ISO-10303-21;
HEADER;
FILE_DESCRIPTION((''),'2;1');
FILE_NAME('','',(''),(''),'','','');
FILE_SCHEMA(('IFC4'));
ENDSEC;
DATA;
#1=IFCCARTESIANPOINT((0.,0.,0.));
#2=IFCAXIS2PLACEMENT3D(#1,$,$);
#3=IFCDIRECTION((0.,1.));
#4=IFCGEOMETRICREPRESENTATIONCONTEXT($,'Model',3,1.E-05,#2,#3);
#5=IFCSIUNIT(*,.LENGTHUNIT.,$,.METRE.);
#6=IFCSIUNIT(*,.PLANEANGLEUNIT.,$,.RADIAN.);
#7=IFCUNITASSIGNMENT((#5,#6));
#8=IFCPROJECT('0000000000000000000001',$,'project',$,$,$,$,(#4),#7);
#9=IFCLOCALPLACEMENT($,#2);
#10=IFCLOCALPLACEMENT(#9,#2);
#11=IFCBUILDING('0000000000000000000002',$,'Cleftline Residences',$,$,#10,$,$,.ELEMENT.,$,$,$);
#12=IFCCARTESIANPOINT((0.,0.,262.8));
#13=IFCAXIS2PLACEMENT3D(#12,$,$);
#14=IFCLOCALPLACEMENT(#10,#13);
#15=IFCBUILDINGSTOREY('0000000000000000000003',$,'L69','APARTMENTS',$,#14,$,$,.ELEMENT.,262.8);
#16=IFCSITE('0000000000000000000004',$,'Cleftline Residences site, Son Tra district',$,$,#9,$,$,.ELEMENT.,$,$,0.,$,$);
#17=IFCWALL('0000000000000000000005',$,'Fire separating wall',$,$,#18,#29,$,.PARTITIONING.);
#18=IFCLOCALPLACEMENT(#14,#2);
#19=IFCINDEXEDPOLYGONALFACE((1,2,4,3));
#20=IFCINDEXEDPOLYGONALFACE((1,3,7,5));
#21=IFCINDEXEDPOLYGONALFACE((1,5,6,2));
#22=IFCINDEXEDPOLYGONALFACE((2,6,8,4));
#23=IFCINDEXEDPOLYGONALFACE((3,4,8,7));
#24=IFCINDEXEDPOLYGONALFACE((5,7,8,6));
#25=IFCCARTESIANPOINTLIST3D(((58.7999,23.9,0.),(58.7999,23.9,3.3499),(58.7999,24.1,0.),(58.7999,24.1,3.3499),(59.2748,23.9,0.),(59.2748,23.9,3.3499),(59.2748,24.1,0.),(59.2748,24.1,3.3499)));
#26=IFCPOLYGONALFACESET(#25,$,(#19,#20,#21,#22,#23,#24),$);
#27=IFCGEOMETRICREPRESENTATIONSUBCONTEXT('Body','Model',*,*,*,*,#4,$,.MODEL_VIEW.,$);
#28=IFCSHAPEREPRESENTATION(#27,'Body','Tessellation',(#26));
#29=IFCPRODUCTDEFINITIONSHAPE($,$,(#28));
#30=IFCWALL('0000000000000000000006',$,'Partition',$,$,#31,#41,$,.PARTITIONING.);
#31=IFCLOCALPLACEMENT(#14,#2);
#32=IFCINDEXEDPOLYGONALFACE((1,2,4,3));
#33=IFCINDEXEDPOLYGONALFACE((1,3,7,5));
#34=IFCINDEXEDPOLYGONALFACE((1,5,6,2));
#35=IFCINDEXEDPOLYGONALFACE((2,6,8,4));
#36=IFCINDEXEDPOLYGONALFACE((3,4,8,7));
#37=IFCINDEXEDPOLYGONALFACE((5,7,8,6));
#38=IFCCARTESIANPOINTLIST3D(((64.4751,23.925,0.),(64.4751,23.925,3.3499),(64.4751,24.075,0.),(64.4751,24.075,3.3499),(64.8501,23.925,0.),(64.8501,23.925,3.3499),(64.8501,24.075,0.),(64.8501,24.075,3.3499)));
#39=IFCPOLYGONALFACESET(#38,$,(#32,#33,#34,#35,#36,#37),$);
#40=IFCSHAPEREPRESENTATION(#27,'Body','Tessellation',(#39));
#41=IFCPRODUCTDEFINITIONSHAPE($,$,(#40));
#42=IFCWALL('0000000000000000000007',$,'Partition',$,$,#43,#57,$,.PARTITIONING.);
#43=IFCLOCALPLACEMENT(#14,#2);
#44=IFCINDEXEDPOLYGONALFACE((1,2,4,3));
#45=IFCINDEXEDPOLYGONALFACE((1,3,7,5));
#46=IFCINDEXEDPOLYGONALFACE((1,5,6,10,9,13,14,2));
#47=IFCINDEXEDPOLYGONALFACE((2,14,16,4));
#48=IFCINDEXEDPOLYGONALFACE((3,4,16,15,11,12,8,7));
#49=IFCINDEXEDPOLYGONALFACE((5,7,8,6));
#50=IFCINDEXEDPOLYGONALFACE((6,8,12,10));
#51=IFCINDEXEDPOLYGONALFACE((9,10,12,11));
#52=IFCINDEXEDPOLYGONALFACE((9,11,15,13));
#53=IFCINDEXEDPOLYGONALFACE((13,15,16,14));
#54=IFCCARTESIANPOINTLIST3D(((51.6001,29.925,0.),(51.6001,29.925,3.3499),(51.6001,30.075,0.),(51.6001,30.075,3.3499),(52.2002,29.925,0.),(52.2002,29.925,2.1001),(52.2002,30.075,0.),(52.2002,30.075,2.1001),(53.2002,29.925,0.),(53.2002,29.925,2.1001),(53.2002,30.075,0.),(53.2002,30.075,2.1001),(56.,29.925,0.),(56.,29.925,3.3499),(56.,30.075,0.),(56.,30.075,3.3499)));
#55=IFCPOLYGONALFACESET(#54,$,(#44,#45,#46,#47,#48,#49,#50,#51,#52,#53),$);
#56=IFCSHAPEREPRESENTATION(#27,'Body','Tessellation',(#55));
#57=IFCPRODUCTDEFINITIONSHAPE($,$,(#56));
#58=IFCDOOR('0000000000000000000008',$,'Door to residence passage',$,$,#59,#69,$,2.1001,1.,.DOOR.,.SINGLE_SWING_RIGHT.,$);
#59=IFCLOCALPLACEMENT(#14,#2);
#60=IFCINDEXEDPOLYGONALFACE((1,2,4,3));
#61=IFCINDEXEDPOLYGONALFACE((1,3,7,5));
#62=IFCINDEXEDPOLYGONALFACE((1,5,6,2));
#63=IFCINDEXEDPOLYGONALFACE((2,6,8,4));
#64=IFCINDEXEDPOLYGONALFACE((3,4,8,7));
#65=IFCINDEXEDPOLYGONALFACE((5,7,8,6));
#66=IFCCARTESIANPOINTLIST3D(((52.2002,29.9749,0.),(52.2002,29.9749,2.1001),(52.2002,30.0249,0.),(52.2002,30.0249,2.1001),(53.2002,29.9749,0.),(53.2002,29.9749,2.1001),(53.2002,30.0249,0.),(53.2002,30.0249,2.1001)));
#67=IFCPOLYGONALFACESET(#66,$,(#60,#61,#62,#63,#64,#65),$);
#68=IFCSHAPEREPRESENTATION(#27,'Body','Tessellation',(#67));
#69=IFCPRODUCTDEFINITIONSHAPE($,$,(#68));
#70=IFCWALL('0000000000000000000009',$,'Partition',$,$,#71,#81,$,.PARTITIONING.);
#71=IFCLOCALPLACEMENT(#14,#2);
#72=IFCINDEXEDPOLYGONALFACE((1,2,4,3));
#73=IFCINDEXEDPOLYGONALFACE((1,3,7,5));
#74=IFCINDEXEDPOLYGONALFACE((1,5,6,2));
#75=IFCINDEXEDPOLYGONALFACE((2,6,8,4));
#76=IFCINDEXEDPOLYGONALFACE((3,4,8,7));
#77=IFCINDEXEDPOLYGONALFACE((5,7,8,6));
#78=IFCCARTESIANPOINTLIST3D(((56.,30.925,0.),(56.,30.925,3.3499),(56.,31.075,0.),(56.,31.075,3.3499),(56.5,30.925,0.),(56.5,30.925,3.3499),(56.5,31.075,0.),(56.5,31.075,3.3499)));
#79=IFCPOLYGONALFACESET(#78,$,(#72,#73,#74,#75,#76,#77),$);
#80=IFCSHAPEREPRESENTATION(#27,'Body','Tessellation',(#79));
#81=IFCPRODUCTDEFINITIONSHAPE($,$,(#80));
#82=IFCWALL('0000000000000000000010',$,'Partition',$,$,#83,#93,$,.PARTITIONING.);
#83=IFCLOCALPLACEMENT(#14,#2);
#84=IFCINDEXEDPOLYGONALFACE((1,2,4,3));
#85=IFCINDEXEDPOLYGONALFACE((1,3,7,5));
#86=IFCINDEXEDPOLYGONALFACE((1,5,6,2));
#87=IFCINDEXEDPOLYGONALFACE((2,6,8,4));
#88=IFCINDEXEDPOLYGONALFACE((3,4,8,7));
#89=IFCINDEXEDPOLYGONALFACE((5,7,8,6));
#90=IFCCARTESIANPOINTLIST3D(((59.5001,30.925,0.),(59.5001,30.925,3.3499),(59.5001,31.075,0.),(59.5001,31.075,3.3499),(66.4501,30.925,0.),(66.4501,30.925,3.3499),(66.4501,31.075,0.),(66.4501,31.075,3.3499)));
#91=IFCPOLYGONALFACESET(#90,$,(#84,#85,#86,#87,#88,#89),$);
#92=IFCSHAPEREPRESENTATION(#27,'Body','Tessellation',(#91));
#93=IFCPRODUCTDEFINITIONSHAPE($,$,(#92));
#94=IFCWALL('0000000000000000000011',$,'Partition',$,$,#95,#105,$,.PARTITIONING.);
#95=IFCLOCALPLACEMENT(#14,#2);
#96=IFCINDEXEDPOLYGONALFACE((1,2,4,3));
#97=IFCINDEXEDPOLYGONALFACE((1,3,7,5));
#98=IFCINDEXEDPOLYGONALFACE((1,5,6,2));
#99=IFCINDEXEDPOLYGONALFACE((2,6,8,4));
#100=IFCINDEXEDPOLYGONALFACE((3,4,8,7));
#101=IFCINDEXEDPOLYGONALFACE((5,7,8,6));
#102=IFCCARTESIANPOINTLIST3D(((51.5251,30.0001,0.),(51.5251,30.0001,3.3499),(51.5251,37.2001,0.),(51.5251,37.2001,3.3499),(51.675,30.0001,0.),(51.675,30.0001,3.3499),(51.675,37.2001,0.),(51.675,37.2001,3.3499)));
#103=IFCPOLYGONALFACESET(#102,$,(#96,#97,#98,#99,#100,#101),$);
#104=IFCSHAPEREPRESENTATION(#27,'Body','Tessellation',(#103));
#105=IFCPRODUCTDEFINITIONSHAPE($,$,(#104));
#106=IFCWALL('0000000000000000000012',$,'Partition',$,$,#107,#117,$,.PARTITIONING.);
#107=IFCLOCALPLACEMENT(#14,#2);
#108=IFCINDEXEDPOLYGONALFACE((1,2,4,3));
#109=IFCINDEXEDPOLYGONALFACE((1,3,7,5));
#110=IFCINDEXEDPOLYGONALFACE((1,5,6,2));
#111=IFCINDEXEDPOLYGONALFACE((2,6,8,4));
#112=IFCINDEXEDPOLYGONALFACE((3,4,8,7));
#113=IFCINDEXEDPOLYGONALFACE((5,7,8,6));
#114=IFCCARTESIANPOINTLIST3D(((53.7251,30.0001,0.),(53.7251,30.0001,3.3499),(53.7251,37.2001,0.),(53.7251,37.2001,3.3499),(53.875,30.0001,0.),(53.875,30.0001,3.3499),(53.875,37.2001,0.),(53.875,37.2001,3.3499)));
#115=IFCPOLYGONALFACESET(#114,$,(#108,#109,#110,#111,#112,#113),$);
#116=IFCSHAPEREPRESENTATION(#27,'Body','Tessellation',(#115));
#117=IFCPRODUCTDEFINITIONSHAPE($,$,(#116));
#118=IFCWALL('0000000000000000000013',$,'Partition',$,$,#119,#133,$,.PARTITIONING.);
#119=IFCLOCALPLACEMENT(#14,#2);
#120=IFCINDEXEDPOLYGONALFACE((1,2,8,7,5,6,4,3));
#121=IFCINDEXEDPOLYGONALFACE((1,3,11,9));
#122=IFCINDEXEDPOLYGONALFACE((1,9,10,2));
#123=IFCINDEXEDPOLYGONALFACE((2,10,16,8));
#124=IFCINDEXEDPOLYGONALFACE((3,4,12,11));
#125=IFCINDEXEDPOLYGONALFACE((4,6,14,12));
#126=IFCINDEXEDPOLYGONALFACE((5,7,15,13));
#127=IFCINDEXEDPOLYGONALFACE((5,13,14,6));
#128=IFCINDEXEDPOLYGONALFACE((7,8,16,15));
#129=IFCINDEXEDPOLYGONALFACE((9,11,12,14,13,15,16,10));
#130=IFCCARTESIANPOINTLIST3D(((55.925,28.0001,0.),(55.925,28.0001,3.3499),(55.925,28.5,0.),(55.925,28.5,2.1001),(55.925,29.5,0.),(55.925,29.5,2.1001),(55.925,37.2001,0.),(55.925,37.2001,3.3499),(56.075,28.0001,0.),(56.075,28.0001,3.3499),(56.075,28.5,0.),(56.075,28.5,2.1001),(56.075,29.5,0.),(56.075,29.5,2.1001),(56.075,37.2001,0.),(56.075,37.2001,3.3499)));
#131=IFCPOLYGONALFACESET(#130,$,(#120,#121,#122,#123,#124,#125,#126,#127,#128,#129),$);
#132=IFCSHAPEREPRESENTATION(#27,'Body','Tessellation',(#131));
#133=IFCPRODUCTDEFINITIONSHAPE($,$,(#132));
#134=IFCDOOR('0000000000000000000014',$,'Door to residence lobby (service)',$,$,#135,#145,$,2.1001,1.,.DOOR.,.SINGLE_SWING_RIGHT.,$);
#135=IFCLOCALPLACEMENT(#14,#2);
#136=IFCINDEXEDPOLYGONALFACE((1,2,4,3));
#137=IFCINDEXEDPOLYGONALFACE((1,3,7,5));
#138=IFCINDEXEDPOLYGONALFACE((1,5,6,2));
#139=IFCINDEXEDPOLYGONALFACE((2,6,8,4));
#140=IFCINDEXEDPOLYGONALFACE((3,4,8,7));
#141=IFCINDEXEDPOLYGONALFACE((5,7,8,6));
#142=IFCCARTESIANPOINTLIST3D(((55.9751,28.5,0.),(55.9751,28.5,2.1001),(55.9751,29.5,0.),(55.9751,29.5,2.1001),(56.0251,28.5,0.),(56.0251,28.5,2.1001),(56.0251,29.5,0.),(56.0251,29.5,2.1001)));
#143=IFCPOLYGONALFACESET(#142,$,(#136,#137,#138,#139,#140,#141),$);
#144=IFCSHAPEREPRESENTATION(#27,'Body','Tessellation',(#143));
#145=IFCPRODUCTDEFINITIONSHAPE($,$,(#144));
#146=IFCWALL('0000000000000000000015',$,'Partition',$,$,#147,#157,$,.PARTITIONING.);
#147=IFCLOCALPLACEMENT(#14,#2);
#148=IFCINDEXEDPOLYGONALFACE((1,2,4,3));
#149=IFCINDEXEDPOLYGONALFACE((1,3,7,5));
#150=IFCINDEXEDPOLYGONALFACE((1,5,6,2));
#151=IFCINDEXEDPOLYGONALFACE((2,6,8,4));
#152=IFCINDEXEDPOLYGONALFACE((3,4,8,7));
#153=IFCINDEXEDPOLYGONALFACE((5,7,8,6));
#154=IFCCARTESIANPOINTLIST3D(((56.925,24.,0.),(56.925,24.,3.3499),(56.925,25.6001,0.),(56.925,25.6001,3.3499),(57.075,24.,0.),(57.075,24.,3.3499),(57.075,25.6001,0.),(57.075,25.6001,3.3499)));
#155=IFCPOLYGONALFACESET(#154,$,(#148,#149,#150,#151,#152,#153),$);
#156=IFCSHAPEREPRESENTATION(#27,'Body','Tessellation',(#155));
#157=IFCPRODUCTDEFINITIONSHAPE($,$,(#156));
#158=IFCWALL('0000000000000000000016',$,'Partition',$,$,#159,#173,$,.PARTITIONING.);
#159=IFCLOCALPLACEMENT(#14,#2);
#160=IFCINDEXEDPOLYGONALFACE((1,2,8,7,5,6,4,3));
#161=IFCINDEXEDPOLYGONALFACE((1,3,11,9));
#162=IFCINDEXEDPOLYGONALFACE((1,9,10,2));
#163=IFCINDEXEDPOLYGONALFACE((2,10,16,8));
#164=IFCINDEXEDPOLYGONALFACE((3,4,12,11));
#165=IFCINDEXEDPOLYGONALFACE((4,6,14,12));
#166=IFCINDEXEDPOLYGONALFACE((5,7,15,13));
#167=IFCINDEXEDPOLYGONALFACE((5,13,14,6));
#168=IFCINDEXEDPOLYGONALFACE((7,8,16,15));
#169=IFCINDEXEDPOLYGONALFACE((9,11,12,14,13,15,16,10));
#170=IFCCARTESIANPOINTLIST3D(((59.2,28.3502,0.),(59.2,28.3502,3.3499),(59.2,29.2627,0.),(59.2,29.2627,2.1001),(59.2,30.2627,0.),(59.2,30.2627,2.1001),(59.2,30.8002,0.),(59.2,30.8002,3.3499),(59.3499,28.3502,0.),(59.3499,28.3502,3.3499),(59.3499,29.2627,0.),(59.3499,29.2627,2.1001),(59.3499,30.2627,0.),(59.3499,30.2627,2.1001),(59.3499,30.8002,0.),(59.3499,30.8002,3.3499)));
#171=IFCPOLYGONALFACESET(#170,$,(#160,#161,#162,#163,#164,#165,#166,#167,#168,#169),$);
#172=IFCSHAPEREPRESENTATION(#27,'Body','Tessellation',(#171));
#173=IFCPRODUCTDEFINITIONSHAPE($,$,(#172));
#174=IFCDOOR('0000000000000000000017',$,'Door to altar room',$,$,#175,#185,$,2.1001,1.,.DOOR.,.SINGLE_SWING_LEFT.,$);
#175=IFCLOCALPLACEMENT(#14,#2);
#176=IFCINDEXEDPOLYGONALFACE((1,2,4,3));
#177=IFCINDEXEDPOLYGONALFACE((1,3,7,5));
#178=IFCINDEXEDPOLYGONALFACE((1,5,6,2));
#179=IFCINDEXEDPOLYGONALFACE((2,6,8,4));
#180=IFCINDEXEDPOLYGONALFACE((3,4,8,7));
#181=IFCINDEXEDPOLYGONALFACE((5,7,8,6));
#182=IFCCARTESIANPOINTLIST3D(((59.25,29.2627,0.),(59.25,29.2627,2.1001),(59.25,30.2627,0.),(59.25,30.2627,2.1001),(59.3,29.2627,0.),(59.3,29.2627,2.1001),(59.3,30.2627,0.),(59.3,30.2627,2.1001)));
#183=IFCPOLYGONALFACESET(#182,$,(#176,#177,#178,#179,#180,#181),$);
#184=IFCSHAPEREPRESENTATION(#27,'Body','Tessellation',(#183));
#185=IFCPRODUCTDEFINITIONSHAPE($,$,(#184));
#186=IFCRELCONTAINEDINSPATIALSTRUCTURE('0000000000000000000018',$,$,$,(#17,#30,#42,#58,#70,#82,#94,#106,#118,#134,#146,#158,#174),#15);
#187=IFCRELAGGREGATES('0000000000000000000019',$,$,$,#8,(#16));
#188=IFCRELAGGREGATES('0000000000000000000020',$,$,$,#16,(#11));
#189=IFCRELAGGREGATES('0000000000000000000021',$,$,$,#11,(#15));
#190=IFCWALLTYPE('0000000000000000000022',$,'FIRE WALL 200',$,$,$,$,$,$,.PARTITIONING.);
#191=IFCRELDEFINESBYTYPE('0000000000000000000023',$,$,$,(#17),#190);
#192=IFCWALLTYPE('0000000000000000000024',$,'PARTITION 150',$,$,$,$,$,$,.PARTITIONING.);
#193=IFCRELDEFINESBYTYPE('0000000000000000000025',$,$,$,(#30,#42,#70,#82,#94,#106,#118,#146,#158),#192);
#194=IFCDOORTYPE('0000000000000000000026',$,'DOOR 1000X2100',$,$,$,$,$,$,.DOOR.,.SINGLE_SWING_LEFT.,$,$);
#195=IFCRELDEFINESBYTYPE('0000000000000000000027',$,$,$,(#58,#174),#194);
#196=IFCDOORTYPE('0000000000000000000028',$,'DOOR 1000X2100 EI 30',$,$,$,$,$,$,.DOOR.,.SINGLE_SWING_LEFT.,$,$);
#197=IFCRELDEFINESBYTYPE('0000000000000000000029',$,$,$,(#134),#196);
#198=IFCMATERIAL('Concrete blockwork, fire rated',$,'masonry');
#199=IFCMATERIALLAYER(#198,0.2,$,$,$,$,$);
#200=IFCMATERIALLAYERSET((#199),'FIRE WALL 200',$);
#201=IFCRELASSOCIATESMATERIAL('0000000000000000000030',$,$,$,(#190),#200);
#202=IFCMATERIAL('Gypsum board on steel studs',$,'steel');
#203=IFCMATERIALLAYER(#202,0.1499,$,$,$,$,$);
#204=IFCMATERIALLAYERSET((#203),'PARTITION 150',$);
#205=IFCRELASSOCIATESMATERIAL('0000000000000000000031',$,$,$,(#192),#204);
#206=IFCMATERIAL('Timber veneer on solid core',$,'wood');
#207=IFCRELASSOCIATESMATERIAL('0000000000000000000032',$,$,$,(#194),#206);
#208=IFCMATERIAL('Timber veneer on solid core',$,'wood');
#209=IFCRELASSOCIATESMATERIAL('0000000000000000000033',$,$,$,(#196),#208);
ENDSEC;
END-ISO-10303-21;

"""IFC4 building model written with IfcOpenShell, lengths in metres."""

from ifc_helpers import new_model, si_unit, direction, frame, frame_2d, origin, place, context, subcontext, project, spatial, rectangle, extrude, material, layer, layer_set, type_object, element, fill, save


model = new_model("IFC4")

# Units and contexts
model_context = context("Model", 3, precision=1e-05, world=origin(), true_north=direction((0.0, 1.0)))
body_context = subcontext(model_context, "Body", "Model", "MODEL_VIEW")
ifc_project = project(units=[si_unit("LENGTHUNIT", "METRE"), si_unit("PLANEANGLEUNIT", "RADIAN")], contexts=[model_context])

# Site, building, storey
site_placement = place(None, origin())
site = spatial("IfcSite", under=ifc_project, at=site_placement, Name="Cleftline Residences site, Son Tra district", CompositionType="ELEMENT", RefElevation=0.0)
building_placement = place(site_placement, origin())
building = spatial("IfcBuilding", under=site, at=building_placement, Name="Cleftline Residences", CompositionType="ELEMENT")
storey_placement = place(building_placement, frame((0.0, 0.0, 262.8)))
storey = spatial("IfcBuildingStorey", under=building, at=storey_placement, Name="L69", Description="APARTMENTS", CompositionType="ELEMENT", Elevation=262.8)

# Walls
ifc_material_1 = material(Name="Concrete blockwork, fire rated", Category="masonry")
ifc_layer_1 = layer(ifc_material_1, 0.2)
ifc_layer_set_1 = layer_set([ifc_layer_1], Name="FIRE WALL 200")
wall_type_1 = type_object("IfcWallType", Name="FIRE WALL 200", PredefinedType="PARTITIONING", material=ifc_layer_set_1)
wall_1_placement = place(storey_placement, frame((58.8, 24.0, 0.0), z_axis=(0.0, 0.0, 1.0), x_axis=(1.0, 0.0, 0.0)))
element("IfcWall", 1, at=wall_1_placement, inside=storey, type_object=wall_type_1, Name="Fire separating wall", PredefinedType="PARTITIONING", context=body_context, shape_type="SweptSolid", body=[
    extrude(rectangle(XDim=0.4749, YDim=0.2, at=frame_2d((0.2373, 0.0))), origin(), (0.0, 0.0, 1.0), 3.3499),
])
ifc_material_2 = material(Name="Gypsum board on steel studs", Category="steel")
ifc_layer_2 = layer(ifc_material_2, 0.1499)
ifc_layer_set_2 = layer_set([ifc_layer_2], Name="PARTITION 150")
wall_type_2 = type_object("IfcWallType", Name="PARTITION 150", PredefinedType="PARTITIONING", material=ifc_layer_set_2)
wall_2_placement = place(storey_placement, frame((64.4751, 24.0, 0.0), z_axis=(0.0, 0.0, 1.0), x_axis=(1.0, 0.0, 0.0)))
element("IfcWall", 2, at=wall_2_placement, inside=storey, type_object=wall_type_2, Name="Partition", PredefinedType="PARTITIONING", context=body_context, shape_type="SweptSolid", body=[
    extrude(rectangle(XDim=0.375, YDim=0.1499, at=frame_2d((0.1875, 0.0))), origin(), (0.0, 0.0, 1.0), 3.3499),
])

# Wall, opening, door
wall_3_placement = place(storey_placement, frame((51.6001, 30.0, 0.0), z_axis=(0.0, 0.0, 1.0), x_axis=(1.0, 0.0, 0.0)))
wall_3 = element("IfcWall", 3, at=wall_3_placement, inside=storey, type_object=wall_type_2, Name="Partition", PredefinedType="PARTITIONING", context=body_context, shape_type="SweptSolid", body=[
    extrude(rectangle(XDim=4.3999, YDim=0.1499, at=frame_2d((2.2, 0.0))), origin(), (0.0, 0.0, 1.0), 3.3499),
])
opening_1_placement = place(wall_3_placement, frame((0.6001, 0.0, 0.0)))
opening_1 = element("IfcOpeningElement", 4, at=opening_1_placement, cuts=wall_3, PredefinedType="OPENING", context=body_context, shape_type="SweptSolid", body=[
    extrude(rectangle(XDim=1.0, YDim=2.1001, at=frame_2d((0.5, 1.05))), frame((0.0, 0.085, 0.0), z_axis=(0.0, -1.0, 0.0), x_axis=(1.0, 0.0, 0.0)), (0.0, 0.0, 1.0), 0.1699),
])
ifc_material_3 = material(Name="Timber veneer on solid core", Category="wood")
door_type_1 = type_object("IfcDoorType", Name="DOOR 1000X2100", OperationType="SINGLE_SWING_LEFT", PredefinedType="DOOR", material=ifc_material_3)
door_1_placement = place(opening_1_placement, origin())
door_1 = element("IfcDoor", 5, at=door_1_placement, inside=storey, type_object=door_type_1, Name="Door to residence passage", OperationType="SINGLE_SWING_RIGHT", OverallHeight=2.1001, OverallWidth=1.0, PredefinedType="DOOR", context=body_context, shape_type="SweptSolid", body=[
    extrude(rectangle(XDim=1.0, YDim=2.1001, at=frame_2d((0.5, 1.05))), frame((0.0, 0.0249, 0.0), z_axis=(0.0, -1.0, 0.0), x_axis=(1.0, 0.0, 0.0)), (0.0, 0.0, 1.0), 0.05),
])
fill(opening_1, door_1)

# Walls
wall_4_placement = place(storey_placement, frame((56.0, 31.0, 0.0), z_axis=(0.0, 0.0, 1.0), x_axis=(1.0, 0.0, 0.0)))
element("IfcWall", 6, at=wall_4_placement, inside=storey, type_object=wall_type_2, Name="Partition", PredefinedType="PARTITIONING", context=body_context, shape_type="SweptSolid", body=[
    extrude(rectangle(XDim=0.5, YDim=0.1499, at=frame_2d((0.25, 0.0))), origin(), (0.0, 0.0, 1.0), 3.3499),
])
wall_5_placement = place(storey_placement, frame((59.5, 31.0, 0.0), z_axis=(0.0, 0.0, 1.0), x_axis=(1.0, 0.0, 0.0)))
element("IfcWall", 7, at=wall_5_placement, inside=storey, type_object=wall_type_2, Name="Partition", PredefinedType="PARTITIONING", context=body_context, shape_type="SweptSolid", body=[
    extrude(rectangle(XDim=6.95, YDim=0.1499, at=frame_2d((3.4751, 0.0))), origin(), (0.0, 0.0, 1.0), 3.3499),
])
for number, where, z_axis, x_axis, name in (
    (8, (51.6001, 30.0, 0.0), (0.0, 0.0, 1.0), (0.0, 1.0, 0.0), "Partition"),
    (9, (53.8, 30.0, 0.0), (0.0, 0.0, 1.0), (0.0, 1.0, 0.0), "Partition"),
):
    element("IfcWall", number, at=place(storey_placement, frame(where, z_axis=z_axis, x_axis=x_axis)), inside=storey, type_object=wall_type_2, Name=name, PredefinedType="PARTITIONING", context=body_context, shape_type="SweptSolid", body=[
        extrude(rectangle(XDim=7.2, YDim=0.1499, at=frame_2d((3.6001, 0.0))), origin(), (0.0, 0.0, 1.0), 3.3499),
    ])

# Wall, opening, door
wall_6_placement = place(storey_placement, frame((56.0, 28.0, 0.0), z_axis=(0.0, 0.0, 1.0), x_axis=(0.0, 1.0, 0.0)))
wall_6 = element("IfcWall", 10, at=wall_6_placement, inside=storey, type_object=wall_type_2, Name="Partition", PredefinedType="PARTITIONING", context=body_context, shape_type="SweptSolid", body=[
    extrude(rectangle(XDim=9.2, YDim=0.1499, at=frame_2d((4.6001, 0.0))), origin(), (0.0, 0.0, 1.0), 3.3499),
])
opening_2_placement = place(wall_6_placement, frame((0.5, 0.0, 0.0)))
opening_2 = element("IfcOpeningElement", 11, at=opening_2_placement, cuts=wall_6, PredefinedType="OPENING", context=body_context, shape_type="SweptSolid", body=[
    extrude(rectangle(XDim=1.0, YDim=2.1001, at=frame_2d((0.5, 1.05))), frame((0.0, 0.085, 0.0), z_axis=(0.0, -1.0, 0.0), x_axis=(1.0, 0.0, 0.0)), (0.0, 0.0, 1.0), 0.1699),
])
ifc_material_4 = material(Name="Timber veneer on solid core", Category="wood")
door_type_2 = type_object("IfcDoorType", Name="DOOR 1000X2100 EI 30", OperationType="SINGLE_SWING_LEFT", PredefinedType="DOOR", material=ifc_material_4)
door_2_placement = place(opening_2_placement, origin())
door_2 = element("IfcDoor", 12, at=door_2_placement, inside=storey, type_object=door_type_2, Name="Door to residence lobby (service)", OperationType="SINGLE_SWING_RIGHT", OverallHeight=2.1001, OverallWidth=1.0, PredefinedType="DOOR", context=body_context, shape_type="SweptSolid", body=[
    extrude(rectangle(XDim=1.0, YDim=2.1001, at=frame_2d((0.5, 1.05))), frame((0.0, 0.0249, 0.0), z_axis=(0.0, -1.0, 0.0), x_axis=(1.0, 0.0, 0.0)), (0.0, 0.0, 1.0), 0.05),
])
fill(opening_2, door_2)

# Wall
wall_7_placement = place(storey_placement, frame((57.0, 24.0, 0.0), z_axis=(0.0, 0.0, 1.0), x_axis=(0.0, 1.0, 0.0)))
element("IfcWall", 13, at=wall_7_placement, inside=storey, type_object=wall_type_2, Name="Partition", PredefinedType="PARTITIONING", context=body_context, shape_type="SweptSolid", body=[
    extrude(rectangle(XDim=1.6001, YDim=0.1499, at=frame_2d((0.8, 0.0))), origin(), (0.0, 0.0, 1.0), 3.3499),
])

# Wall, opening, door
wall_8_placement = place(storey_placement, frame((59.2749, 28.3501, 0.0), z_axis=(0.0, 0.0, 1.0), x_axis=(0.0, 1.0, 0.0)))
wall_8 = element("IfcWall", 14, at=wall_8_placement, inside=storey, type_object=wall_type_2, Name="Partition", PredefinedType="PARTITIONING", context=body_context, shape_type="SweptSolid", body=[
    extrude(rectangle(XDim=2.45, YDim=0.1499, at=frame_2d((1.2251, 0.0))), origin(), (0.0, 0.0, 1.0), 3.3499),
])
opening_3_placement = place(wall_8_placement, frame((0.9126, 0.0, 0.0)))
opening_3 = element("IfcOpeningElement", 15, at=opening_3_placement, cuts=wall_8, PredefinedType="OPENING", context=body_context, shape_type="SweptSolid", body=[
    extrude(rectangle(XDim=1.0, YDim=2.1001, at=frame_2d((0.5, 1.05))), frame((0.0, 0.085, 0.0), z_axis=(0.0, -1.0, 0.0), x_axis=(1.0, 0.0, 0.0)), (0.0, 0.0, 1.0), 0.1699),
])
door_3_placement = place(opening_3_placement, origin())
door_3 = element("IfcDoor", 16, at=door_3_placement, inside=storey, type_object=door_type_1, Name="Door to altar room", OperationType="SINGLE_SWING_LEFT", OverallHeight=2.1001, OverallWidth=1.0, PredefinedType="DOOR", context=body_context, shape_type="SweptSolid", body=[
    extrude(rectangle(XDim=1.0, YDim=2.1001, at=frame_2d((0.5, 1.05))), frame((0.0, 0.0249, 0.0), z_axis=(0.0, -1.0, 0.0), x_axis=(1.0, 0.0, 0.0)), (0.0, 0.0, 1.0), 0.05),
])
fill(opening_3, door_3)

save(model, "model.ifc")
